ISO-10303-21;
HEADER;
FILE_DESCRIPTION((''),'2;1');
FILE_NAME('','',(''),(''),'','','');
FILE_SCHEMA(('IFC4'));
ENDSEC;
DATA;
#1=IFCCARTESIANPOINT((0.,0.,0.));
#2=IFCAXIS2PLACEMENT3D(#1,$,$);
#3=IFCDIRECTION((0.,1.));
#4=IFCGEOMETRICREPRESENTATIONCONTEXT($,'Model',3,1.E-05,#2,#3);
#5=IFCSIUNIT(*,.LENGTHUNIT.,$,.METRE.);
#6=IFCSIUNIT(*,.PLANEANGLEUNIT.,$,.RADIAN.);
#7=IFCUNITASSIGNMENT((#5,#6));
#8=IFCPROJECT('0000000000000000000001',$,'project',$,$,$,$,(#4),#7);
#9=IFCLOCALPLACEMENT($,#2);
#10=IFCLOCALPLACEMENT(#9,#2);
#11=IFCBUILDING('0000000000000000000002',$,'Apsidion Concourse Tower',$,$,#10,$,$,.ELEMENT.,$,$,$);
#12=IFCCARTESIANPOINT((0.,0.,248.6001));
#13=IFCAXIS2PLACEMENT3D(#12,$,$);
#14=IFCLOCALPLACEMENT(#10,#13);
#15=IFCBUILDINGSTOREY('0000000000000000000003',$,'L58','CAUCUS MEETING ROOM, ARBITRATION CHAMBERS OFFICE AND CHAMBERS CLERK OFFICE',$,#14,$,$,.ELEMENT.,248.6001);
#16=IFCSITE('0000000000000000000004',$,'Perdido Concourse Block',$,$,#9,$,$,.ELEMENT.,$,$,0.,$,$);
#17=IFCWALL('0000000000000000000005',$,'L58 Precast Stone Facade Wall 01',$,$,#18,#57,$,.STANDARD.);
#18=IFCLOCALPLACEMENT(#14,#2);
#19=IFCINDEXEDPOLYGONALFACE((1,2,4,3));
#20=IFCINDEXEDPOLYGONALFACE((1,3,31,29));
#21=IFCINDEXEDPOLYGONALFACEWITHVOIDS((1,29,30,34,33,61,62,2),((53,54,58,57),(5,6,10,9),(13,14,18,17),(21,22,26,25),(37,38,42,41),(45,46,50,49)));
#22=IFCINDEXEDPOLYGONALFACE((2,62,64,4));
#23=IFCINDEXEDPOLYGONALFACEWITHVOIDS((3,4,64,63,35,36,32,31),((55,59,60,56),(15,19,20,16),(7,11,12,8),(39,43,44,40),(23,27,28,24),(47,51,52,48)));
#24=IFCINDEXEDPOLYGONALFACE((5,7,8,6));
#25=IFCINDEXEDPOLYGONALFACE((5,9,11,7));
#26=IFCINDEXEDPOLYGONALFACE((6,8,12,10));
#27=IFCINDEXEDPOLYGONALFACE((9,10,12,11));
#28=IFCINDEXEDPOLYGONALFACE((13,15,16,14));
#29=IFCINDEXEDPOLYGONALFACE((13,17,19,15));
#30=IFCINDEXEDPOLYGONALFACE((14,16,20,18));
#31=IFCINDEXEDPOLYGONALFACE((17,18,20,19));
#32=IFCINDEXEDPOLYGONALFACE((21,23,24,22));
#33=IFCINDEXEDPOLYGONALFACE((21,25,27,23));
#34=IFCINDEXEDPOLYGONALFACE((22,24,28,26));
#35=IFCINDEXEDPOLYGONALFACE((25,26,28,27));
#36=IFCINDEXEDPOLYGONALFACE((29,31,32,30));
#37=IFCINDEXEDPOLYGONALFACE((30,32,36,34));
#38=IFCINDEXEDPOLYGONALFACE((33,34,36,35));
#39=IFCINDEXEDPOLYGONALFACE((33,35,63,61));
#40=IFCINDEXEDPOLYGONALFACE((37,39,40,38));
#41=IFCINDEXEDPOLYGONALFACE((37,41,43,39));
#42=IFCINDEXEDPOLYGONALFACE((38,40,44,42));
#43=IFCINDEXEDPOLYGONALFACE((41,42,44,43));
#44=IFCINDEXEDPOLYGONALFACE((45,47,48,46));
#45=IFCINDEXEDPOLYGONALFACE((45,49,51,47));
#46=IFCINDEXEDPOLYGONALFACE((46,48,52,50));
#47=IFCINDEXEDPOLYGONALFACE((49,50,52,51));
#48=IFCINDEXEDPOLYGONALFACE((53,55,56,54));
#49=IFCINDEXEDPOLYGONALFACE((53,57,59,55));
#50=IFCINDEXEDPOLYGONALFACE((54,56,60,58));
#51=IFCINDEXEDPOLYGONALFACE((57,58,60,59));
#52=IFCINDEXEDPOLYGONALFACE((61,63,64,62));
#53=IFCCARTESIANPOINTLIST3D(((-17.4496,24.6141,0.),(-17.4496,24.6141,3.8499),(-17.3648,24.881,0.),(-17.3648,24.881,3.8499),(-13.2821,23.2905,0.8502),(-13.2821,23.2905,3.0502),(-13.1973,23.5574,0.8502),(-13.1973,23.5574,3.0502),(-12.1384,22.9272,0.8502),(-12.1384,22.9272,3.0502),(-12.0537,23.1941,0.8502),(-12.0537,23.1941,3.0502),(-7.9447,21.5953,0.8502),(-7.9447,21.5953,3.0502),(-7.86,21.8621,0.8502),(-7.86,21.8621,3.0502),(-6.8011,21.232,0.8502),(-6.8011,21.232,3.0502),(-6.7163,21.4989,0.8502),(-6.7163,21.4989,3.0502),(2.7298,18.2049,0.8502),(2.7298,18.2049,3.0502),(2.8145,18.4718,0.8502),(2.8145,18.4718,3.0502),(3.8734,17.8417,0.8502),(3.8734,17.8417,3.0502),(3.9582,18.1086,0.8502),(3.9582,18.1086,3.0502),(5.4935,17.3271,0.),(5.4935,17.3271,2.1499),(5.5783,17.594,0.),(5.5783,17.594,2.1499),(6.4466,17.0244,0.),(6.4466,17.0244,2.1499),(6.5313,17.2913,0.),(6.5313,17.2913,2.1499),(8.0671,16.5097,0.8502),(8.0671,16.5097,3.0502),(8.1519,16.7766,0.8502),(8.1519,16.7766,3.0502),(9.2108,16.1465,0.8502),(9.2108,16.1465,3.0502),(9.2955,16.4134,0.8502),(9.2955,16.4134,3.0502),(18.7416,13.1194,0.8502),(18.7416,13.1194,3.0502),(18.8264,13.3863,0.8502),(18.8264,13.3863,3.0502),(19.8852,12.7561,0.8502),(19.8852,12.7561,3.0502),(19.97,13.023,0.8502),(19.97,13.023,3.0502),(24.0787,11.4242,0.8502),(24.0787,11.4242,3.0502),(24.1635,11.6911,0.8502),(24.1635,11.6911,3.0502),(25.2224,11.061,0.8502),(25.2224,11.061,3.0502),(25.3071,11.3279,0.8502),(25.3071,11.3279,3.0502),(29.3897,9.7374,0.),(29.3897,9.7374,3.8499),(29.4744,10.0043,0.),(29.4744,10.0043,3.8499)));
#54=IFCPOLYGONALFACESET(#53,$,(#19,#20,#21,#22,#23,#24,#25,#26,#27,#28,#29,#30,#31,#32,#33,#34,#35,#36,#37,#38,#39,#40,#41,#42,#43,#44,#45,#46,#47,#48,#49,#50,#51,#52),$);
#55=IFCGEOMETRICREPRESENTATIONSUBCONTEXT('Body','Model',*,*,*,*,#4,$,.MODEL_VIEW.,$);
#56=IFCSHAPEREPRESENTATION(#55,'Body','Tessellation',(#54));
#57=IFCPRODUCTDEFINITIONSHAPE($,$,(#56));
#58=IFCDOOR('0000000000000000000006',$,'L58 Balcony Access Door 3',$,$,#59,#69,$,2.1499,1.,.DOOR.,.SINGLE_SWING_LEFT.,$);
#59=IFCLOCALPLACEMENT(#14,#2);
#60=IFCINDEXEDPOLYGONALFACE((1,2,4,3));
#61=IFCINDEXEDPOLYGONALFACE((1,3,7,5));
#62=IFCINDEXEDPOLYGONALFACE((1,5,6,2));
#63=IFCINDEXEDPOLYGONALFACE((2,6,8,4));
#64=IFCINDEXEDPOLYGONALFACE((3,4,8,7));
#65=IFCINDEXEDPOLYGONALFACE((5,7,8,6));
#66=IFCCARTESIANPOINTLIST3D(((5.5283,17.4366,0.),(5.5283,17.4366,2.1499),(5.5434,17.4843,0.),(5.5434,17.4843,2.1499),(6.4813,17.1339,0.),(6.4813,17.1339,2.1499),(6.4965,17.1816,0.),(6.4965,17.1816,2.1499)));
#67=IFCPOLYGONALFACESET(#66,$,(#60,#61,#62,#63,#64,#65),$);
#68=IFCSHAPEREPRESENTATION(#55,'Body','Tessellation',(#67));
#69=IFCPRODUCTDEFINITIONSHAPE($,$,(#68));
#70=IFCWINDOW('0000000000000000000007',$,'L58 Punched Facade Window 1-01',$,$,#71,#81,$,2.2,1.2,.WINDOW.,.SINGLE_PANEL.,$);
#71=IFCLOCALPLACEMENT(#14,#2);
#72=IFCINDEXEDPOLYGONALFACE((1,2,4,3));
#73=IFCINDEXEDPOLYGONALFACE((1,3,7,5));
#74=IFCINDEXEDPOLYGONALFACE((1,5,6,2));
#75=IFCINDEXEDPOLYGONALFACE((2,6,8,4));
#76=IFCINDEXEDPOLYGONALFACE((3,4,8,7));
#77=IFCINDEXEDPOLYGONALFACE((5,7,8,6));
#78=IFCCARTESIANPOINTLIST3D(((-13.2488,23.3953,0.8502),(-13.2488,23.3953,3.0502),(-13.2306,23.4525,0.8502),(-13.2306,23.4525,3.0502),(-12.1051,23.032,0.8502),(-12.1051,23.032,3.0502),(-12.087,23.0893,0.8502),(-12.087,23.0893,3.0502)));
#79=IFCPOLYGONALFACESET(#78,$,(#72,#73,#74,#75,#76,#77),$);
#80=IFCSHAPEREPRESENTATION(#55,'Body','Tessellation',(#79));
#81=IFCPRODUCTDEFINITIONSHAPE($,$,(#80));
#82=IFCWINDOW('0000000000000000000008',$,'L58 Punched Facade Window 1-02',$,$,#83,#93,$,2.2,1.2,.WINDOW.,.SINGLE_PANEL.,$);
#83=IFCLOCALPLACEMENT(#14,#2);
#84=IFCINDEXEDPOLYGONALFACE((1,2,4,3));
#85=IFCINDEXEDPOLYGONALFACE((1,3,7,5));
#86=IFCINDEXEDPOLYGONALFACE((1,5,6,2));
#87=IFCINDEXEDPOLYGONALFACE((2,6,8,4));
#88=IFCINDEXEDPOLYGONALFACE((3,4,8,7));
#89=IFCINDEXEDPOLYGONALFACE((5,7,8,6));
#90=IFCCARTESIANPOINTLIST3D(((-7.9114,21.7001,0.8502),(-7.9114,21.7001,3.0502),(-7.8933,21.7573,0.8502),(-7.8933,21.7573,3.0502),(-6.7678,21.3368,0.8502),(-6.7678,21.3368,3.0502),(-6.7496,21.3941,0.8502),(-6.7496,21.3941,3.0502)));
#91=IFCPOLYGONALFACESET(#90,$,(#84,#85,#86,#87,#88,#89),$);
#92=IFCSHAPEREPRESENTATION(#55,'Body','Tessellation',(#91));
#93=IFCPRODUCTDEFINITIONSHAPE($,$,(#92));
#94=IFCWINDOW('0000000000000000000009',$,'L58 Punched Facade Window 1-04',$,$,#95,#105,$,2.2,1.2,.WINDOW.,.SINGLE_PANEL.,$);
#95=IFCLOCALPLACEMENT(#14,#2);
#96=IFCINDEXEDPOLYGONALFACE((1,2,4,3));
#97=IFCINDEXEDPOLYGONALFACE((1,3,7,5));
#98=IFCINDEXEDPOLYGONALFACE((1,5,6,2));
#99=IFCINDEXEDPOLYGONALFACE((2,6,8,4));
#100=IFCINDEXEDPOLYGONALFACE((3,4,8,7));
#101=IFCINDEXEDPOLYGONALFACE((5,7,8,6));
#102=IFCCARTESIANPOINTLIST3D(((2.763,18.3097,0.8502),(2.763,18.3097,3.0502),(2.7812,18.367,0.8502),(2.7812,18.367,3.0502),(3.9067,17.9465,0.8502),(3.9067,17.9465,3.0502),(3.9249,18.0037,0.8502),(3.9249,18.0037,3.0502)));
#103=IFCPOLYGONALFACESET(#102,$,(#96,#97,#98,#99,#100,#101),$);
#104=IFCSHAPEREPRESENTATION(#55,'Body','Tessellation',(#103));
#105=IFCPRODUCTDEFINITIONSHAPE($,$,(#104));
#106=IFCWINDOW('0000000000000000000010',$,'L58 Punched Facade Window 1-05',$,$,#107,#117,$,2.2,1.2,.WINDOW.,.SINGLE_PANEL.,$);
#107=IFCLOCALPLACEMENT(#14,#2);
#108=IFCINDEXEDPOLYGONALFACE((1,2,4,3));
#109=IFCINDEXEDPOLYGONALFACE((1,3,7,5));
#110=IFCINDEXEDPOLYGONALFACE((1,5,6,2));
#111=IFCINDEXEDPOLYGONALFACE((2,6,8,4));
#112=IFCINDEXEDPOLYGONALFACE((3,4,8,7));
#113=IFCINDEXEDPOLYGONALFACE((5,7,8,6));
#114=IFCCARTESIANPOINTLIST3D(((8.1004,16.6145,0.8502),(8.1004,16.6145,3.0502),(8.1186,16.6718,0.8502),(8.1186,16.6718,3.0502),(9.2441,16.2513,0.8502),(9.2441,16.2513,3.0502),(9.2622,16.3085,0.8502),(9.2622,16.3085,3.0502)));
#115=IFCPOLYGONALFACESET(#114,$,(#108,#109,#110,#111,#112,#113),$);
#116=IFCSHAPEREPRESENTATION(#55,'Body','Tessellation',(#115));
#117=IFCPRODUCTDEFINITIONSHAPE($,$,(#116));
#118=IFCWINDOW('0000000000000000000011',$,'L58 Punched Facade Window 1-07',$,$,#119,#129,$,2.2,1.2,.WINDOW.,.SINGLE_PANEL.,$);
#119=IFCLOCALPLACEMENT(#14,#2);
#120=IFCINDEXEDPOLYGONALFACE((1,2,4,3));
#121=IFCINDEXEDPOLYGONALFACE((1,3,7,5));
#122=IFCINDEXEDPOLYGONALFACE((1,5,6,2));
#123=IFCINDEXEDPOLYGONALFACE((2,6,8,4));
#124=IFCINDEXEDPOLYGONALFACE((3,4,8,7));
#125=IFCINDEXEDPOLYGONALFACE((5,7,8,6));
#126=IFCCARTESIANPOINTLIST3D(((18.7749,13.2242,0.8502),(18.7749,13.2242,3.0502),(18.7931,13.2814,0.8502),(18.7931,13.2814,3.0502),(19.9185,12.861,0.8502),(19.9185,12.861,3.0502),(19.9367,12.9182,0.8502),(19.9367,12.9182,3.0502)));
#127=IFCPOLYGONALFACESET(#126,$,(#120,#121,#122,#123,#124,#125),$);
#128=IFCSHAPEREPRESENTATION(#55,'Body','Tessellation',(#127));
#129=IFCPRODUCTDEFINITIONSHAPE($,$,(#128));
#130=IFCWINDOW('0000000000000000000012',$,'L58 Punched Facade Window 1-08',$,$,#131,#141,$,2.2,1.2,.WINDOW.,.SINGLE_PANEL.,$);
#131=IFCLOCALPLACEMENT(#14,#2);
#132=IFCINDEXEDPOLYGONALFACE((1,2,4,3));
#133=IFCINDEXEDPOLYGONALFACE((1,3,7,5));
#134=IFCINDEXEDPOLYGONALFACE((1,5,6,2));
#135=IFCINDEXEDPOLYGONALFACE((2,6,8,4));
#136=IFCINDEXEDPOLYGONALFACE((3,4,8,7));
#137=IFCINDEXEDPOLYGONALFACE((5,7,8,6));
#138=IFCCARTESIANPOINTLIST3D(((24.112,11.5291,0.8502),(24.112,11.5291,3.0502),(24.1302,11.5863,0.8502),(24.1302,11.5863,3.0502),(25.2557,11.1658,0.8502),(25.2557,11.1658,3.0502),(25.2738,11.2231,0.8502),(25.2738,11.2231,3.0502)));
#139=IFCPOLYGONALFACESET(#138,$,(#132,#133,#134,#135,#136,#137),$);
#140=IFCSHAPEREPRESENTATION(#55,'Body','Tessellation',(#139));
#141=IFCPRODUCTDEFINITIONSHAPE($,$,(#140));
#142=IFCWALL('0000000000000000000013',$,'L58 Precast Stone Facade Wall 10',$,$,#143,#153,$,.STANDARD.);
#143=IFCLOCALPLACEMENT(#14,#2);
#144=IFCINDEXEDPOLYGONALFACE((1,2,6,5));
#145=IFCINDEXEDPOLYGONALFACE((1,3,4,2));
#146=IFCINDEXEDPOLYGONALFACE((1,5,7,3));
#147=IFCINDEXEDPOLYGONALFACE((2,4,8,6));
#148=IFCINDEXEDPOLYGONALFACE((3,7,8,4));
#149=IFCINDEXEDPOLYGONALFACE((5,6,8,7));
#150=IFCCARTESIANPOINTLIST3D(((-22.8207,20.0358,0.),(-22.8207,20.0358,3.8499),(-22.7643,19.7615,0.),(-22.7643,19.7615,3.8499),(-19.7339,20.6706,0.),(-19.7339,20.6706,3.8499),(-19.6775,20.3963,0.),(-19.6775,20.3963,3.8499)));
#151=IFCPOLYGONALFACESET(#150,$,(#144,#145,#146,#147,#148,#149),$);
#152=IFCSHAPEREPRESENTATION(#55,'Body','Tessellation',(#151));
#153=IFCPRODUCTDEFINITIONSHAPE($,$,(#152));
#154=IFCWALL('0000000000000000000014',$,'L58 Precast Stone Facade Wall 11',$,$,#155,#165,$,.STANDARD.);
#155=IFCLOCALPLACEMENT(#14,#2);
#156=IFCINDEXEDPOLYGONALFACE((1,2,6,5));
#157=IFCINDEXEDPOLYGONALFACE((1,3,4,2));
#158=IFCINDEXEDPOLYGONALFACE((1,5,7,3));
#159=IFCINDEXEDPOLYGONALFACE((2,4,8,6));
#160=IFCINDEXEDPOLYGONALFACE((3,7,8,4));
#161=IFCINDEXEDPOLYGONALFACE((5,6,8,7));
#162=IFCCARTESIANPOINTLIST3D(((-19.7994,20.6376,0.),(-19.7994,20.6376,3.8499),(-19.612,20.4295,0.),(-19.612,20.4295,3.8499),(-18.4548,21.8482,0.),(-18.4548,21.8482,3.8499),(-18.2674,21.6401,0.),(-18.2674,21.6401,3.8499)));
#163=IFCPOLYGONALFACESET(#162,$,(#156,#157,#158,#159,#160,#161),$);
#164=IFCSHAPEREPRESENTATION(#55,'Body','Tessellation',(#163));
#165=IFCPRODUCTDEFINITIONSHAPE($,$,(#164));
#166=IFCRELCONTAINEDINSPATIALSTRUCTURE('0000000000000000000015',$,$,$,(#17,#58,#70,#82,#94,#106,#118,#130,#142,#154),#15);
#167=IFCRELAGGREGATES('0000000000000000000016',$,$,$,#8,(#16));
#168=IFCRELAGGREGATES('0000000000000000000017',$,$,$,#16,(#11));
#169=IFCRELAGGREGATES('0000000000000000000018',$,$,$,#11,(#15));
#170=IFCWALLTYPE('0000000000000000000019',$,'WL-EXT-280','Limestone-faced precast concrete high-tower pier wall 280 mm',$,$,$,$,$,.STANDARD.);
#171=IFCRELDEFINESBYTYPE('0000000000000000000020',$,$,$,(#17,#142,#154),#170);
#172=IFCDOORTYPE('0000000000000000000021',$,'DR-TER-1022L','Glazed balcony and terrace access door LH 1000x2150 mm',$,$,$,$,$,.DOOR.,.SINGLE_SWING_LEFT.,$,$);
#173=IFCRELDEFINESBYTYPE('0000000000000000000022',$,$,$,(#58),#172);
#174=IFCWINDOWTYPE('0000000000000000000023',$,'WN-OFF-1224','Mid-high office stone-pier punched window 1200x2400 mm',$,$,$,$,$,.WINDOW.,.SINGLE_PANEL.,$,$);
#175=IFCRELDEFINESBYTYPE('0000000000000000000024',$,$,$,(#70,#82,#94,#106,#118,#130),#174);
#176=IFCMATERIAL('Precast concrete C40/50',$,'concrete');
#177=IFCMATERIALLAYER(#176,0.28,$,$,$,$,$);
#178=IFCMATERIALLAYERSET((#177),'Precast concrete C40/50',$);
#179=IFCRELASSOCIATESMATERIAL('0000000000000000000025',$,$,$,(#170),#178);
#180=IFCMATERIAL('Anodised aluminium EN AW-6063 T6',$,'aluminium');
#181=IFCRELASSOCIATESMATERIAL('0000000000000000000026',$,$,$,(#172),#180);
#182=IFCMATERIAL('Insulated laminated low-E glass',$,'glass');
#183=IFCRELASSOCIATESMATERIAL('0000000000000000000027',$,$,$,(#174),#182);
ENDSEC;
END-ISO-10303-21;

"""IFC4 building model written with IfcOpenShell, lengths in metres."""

from ifc_helpers import new_model, si_unit, direction, frame, frame_2d, origin, place, context, subcontext, project, spatial, rectangle, extrude, material, layer, layer_set, type_object, element, fill, save


model = new_model("IFC4")

# Units and contexts
model_context = context("Model", 3, precision=1e-05, world=origin(), true_north=direction((0.0, 1.0)))
body_context = subcontext(model_context, "Body", "Model", "MODEL_VIEW")
ifc_project = project(units=[si_unit("LENGTHUNIT", "METRE"), si_unit("PLANEANGLEUNIT", "RADIAN")], contexts=[model_context])

# Site, building, storey
site_placement = place(None, origin())
site = spatial("IfcSite", under=ifc_project, at=site_placement, Name="Perdido Concourse Block", CompositionType="ELEMENT", RefElevation=0.0)
building_placement = place(site_placement, origin())
building = spatial("IfcBuilding", under=site, at=building_placement, Name="Apsidion Concourse Tower", CompositionType="ELEMENT")
storey_placement = place(building_placement, frame((0.0, 0.0, 248.6001)))
storey = spatial("IfcBuildingStorey", under=building, at=storey_placement, Name="L58", Description="CAUCUS MEETING ROOM, ARBITRATION CHAMBERS OFFICE AND CHAMBERS CLERK OFFICE", CompositionType="ELEMENT", Elevation=248.6001)

# Wall, openings, door, windows
ifc_material_1 = material(Name="Precast concrete C40/50", Category="concrete")
ifc_layer = layer(ifc_material_1, 0.28)
ifc_layer_set = layer_set([ifc_layer], Name="Precast concrete C40/50")
wall_type = type_object("IfcWallType", Name="WL-EXT-280", Description="Limestone-faced precast concrete high-tower pier wall 280 mm", PredefinedType="STANDARD", material=ifc_layer_set)
wall_1_placement = place(storey_placement, frame((-17.4072, 24.7476, 0.0), z_axis=(0.0, 0.0, 1.0), x_axis=(0.953083, -0.30271, 0.0)))
wall_1 = element("IfcWall", 1, at=wall_1_placement, inside=storey, type_object=wall_type, Name="L58 Precast Stone Facade Wall 01", PredefinedType="STANDARD", context=body_context, shape_type="SweptSolid", body=[
    extrude(rectangle(XDim=49.145, YDim=0.28, at=frame_2d((24.5725, 0.0))), origin(), (0.0, 0.0, 1.0), 3.8499),
])
opening_1_placement = place(wall_1_placement, frame((24.0725, 0.0, 0.0)))
opening_1 = element("IfcOpeningElement", 2, at=opening_1_placement, cuts=wall_1, PredefinedType="OPENING", context=body_context, shape_type="SweptSolid", body=[
    extrude(rectangle(XDim=1.0, YDim=2.1499, at=frame_2d((0.5, 1.075))), frame((0.0, 0.1499, 0.0), z_axis=(0.0, -1.0, 0.0), x_axis=(1.0, 0.0, 0.0)), (0.0, 0.0, 1.0), 0.3),
])
opening_2_placement = place(wall_1_placement, frame((4.3726, 0.0, 0.8501)))
opening_2 = element("IfcOpeningElement", 3, at=opening_2_placement, cuts=wall_1, PredefinedType="OPENING", context=body_context, shape_type="SweptSolid", body=[
    extrude(rectangle(XDim=1.2, YDim=2.2, at=frame_2d((0.6001, 1.1001))), frame((0.0, 0.1499, 0.0), z_axis=(0.0, -1.0, 0.0), x_axis=(1.0, 0.0, 0.0)), (0.0, 0.0, 1.0), 0.3),
])
opening_3_placement = place(wall_1_placement, frame((9.9727, 0.0, 0.8501)))
opening_3 = element("IfcOpeningElement", 4, at=opening_3_placement, cuts=wall_1, PredefinedType="OPENING", context=body_context, shape_type="SweptSolid", body=[
    extrude(rectangle(XDim=1.2, YDim=2.2, at=frame_2d((0.6001, 1.1001))), frame((0.0, 0.1499, 0.0), z_axis=(0.0, -1.0, 0.0), x_axis=(1.0, 0.0, 0.0)), (0.0, 0.0, 1.0), 0.3),
])
opening_4_placement = place(wall_1_placement, frame((21.1726, 0.0, 0.8501)))
opening_4 = element("IfcOpeningElement", 5, at=opening_4_placement, cuts=wall_1, PredefinedType="OPENING", context=body_context, shape_type="SweptSolid", body=[
    extrude(rectangle(XDim=1.2, YDim=2.2, at=frame_2d((0.6001, 1.1001))), frame((0.0, 0.1499, 0.0), z_axis=(0.0, -1.0, 0.0), x_axis=(1.0, 0.0, 0.0)), (0.0, 0.0, 1.0), 0.3),
])
opening_5_placement = place(wall_1_placement, frame((26.7727, 0.0, 0.8501)))
opening_5 = element("IfcOpeningElement", 6, at=opening_5_placement, cuts=wall_1, PredefinedType="OPENING", context=body_context, shape_type="SweptSolid", body=[
    extrude(rectangle(XDim=1.2, YDim=2.2, at=frame_2d((0.6001, 1.1001))), frame((0.0, 0.1499, 0.0), z_axis=(0.0, -1.0, 0.0), x_axis=(1.0, 0.0, 0.0)), (0.0, 0.0, 1.0), 0.3),
])
opening_6_placement = place(wall_1_placement, frame((37.9727, 0.0, 0.8501)))
opening_6 = element("IfcOpeningElement", 7, at=opening_6_placement, cuts=wall_1, PredefinedType="OPENING", context=body_context, shape_type="SweptSolid", body=[
    extrude(rectangle(XDim=1.2, YDim=2.2, at=frame_2d((0.6001, 1.1001))), frame((0.0, 0.1499, 0.0), z_axis=(0.0, -1.0, 0.0), x_axis=(1.0, 0.0, 0.0)), (0.0, 0.0, 1.0), 0.3),
])
opening_7_placement = place(wall_1_placement, frame((43.5725, 0.0, 0.8501)))
opening_7 = element("IfcOpeningElement", 8, at=opening_7_placement, cuts=wall_1, PredefinedType="OPENING", context=body_context, shape_type="SweptSolid", body=[
    extrude(rectangle(XDim=1.2, YDim=2.2, at=frame_2d((0.6001, 1.1001))), frame((0.0, 0.1499, 0.0), z_axis=(0.0, -1.0, 0.0), x_axis=(1.0, 0.0, 0.0)), (0.0, 0.0, 1.0), 0.3),
])
ifc_material_2 = material(Name="Anodised aluminium EN AW-6063 T6", Category="aluminium")
door_type = type_object("IfcDoorType", Name="DR-TER-1022L", Description="Glazed balcony and terrace access door LH 1000x2150 mm", OperationType="SINGLE_SWING_LEFT", PredefinedType="DOOR", material=ifc_material_2)
door_placement = place(opening_1_placement, origin())
door = element("IfcDoor", 9, at=door_placement, inside=storey, type_object=door_type, Name="L58 Balcony Access Door 3", OperationType="SINGLE_SWING_LEFT", OverallHeight=2.1499, OverallWidth=1.0, PredefinedType="DOOR", context=body_context, shape_type="SweptSolid", body=[
    extrude(rectangle(XDim=1.0, YDim=2.1499, at=frame_2d((0.5, 1.075))), frame((0.0, 0.0249, 0.0), z_axis=(0.0, -1.0, 0.0), x_axis=(1.0, 0.0, 0.0)), (0.0, 0.0, 1.0), 0.05),
])
fill(opening_1, door)
ifc_material_3 = material(Name="Insulated laminated low-E glass", Category="glass")
window_type = type_object("IfcWindowType", Name="WN-OFF-1224", Description="Mid-high office stone-pier punched window 1200x2400 mm", PartitioningType="SINGLE_PANEL", PredefinedType="WINDOW", material=ifc_material_3)
window_1_placement = place(opening_2_placement, origin())
window_1 = element("IfcWindow", 10, at=window_1_placement, inside=storey, type_object=window_type, Name="L58 Punched Facade Window 1-01", OverallHeight=2.2, OverallWidth=1.2, PartitioningType="SINGLE_PANEL", PredefinedType="WINDOW", context=body_context, shape_type="SweptSolid", body=[
    extrude(rectangle(XDim=1.2, YDim=2.2, at=frame_2d((0.6001, 1.1001))), frame((0.0, 0.03, 0.0), z_axis=(0.0, -1.0, 0.0), x_axis=(1.0, 0.0, 0.0)), (0.0, 0.0, 1.0), 0.0601),
])
fill(opening_2, window_1)
window_2_placement = place(opening_3_placement, origin())
window_2 = element("IfcWindow", 11, at=window_2_placement, inside=storey, type_object=window_type, Name="L58 Punched Facade Window 1-02", OverallHeight=2.2, OverallWidth=1.2, PartitioningType="SINGLE_PANEL", PredefinedType="WINDOW", context=body_context, shape_type="SweptSolid", body=[
    extrude(rectangle(XDim=1.2, YDim=2.2, at=frame_2d((0.6001, 1.1001))), frame((0.0, 0.03, 0.0), z_axis=(0.0, -1.0, 0.0), x_axis=(1.0, 0.0, 0.0)), (0.0, 0.0, 1.0), 0.0601),
])
fill(opening_3, window_2)
window_3_placement = place(opening_4_placement, origin())
window_3 = element("IfcWindow", 12, at=window_3_placement, inside=storey, type_object=window_type, Name="L58 Punched Facade Window 1-04", OverallHeight=2.2, OverallWidth=1.2, PartitioningType="SINGLE_PANEL", PredefinedType="WINDOW", context=body_context, shape_type="SweptSolid", body=[
    extrude(rectangle(XDim=1.2, YDim=2.2, at=frame_2d((0.6001, 1.1001))), frame((0.0, 0.03, 0.0), z_axis=(0.0, -1.0, 0.0), x_axis=(1.0, 0.0, 0.0)), (0.0, 0.0, 1.0), 0.0601),
])
fill(opening_4, window_3)
window_4_placement = place(opening_5_placement, origin())
window_4 = element("IfcWindow", 13, at=window_4_placement, inside=storey, type_object=window_type, Name="L58 Punched Facade Window 1-05", OverallHeight=2.2, OverallWidth=1.2, PartitioningType="SINGLE_PANEL", PredefinedType="WINDOW", context=body_context, shape_type="SweptSolid", body=[
    extrude(rectangle(XDim=1.2, YDim=2.2, at=frame_2d((0.6001, 1.1001))), frame((0.0, 0.03, 0.0), z_axis=(0.0, -1.0, 0.0), x_axis=(1.0, 0.0, 0.0)), (0.0, 0.0, 1.0), 0.0601),
])
fill(opening_5, window_4)
window_5_placement = place(opening_6_placement, origin())
window_5 = element("IfcWindow", 14, at=window_5_placement, inside=storey, type_object=window_type, Name="L58 Punched Facade Window 1-07", OverallHeight=2.2, OverallWidth=1.2, PartitioningType="SINGLE_PANEL", PredefinedType="WINDOW", context=body_context, shape_type="SweptSolid", body=[
    extrude(rectangle(XDim=1.2, YDim=2.2, at=frame_2d((0.6001, 1.1001))), frame((0.0, 0.03, 0.0), z_axis=(0.0, -1.0, 0.0), x_axis=(1.0, 0.0, 0.0)), (0.0, 0.0, 1.0), 0.0601),
])
fill(opening_6, window_5)
window_6_placement = place(opening_7_placement, origin())
window_6 = element("IfcWindow", 15, at=window_6_placement, inside=storey, type_object=window_type, Name="L58 Punched Facade Window 1-08", OverallHeight=2.2, OverallWidth=1.2, PartitioningType="SINGLE_PANEL", PredefinedType="WINDOW", context=body_context, shape_type="SweptSolid", body=[
    extrude(rectangle(XDim=1.2, YDim=2.2, at=frame_2d((0.6001, 1.1001))), frame((0.0, 0.03, 0.0), z_axis=(0.0, -1.0, 0.0), x_axis=(1.0, 0.0, 0.0)), (0.0, 0.0, 1.0), 0.0601),
])
fill(opening_7, window_6)

# Walls
wall_2_placement = place(storey_placement, frame((-22.7925, 19.8987, 0.0), z_axis=(0.0, 0.0, 1.0), x_axis=(0.979502, 0.201432, 0.0)))
element("IfcWall", 16, at=wall_2_placement, inside=storey, type_object=wall_type, Name="L58 Precast Stone Facade Wall 10", PredefinedType="STANDARD", context=body_context, shape_type="SweptSolid", body=[
    extrude(rectangle(XDim=3.1514, YDim=0.28, at=frame_2d((1.5757, 0.0))), origin(), (0.0, 0.0, 1.0), 3.8499),
])
wall_3_placement = place(storey_placement, frame((-19.7058, 20.5334, 0.0), z_axis=(0.0, 0.0, 1.0), x_axis=(0.743173, 0.669099, 0.0)))
element("IfcWall", 17, at=wall_3_placement, inside=storey, type_object=wall_type, Name="L58 Precast Stone Facade Wall 11", PredefinedType="STANDARD", context=body_context, shape_type="SweptSolid", body=[
    extrude(rectangle(XDim=1.8093, YDim=0.28, at=frame_2d((0.9048, 0.0))), origin(), (0.0, 0.0, 1.0), 3.8499),
])

save(model, "model.ifc")
